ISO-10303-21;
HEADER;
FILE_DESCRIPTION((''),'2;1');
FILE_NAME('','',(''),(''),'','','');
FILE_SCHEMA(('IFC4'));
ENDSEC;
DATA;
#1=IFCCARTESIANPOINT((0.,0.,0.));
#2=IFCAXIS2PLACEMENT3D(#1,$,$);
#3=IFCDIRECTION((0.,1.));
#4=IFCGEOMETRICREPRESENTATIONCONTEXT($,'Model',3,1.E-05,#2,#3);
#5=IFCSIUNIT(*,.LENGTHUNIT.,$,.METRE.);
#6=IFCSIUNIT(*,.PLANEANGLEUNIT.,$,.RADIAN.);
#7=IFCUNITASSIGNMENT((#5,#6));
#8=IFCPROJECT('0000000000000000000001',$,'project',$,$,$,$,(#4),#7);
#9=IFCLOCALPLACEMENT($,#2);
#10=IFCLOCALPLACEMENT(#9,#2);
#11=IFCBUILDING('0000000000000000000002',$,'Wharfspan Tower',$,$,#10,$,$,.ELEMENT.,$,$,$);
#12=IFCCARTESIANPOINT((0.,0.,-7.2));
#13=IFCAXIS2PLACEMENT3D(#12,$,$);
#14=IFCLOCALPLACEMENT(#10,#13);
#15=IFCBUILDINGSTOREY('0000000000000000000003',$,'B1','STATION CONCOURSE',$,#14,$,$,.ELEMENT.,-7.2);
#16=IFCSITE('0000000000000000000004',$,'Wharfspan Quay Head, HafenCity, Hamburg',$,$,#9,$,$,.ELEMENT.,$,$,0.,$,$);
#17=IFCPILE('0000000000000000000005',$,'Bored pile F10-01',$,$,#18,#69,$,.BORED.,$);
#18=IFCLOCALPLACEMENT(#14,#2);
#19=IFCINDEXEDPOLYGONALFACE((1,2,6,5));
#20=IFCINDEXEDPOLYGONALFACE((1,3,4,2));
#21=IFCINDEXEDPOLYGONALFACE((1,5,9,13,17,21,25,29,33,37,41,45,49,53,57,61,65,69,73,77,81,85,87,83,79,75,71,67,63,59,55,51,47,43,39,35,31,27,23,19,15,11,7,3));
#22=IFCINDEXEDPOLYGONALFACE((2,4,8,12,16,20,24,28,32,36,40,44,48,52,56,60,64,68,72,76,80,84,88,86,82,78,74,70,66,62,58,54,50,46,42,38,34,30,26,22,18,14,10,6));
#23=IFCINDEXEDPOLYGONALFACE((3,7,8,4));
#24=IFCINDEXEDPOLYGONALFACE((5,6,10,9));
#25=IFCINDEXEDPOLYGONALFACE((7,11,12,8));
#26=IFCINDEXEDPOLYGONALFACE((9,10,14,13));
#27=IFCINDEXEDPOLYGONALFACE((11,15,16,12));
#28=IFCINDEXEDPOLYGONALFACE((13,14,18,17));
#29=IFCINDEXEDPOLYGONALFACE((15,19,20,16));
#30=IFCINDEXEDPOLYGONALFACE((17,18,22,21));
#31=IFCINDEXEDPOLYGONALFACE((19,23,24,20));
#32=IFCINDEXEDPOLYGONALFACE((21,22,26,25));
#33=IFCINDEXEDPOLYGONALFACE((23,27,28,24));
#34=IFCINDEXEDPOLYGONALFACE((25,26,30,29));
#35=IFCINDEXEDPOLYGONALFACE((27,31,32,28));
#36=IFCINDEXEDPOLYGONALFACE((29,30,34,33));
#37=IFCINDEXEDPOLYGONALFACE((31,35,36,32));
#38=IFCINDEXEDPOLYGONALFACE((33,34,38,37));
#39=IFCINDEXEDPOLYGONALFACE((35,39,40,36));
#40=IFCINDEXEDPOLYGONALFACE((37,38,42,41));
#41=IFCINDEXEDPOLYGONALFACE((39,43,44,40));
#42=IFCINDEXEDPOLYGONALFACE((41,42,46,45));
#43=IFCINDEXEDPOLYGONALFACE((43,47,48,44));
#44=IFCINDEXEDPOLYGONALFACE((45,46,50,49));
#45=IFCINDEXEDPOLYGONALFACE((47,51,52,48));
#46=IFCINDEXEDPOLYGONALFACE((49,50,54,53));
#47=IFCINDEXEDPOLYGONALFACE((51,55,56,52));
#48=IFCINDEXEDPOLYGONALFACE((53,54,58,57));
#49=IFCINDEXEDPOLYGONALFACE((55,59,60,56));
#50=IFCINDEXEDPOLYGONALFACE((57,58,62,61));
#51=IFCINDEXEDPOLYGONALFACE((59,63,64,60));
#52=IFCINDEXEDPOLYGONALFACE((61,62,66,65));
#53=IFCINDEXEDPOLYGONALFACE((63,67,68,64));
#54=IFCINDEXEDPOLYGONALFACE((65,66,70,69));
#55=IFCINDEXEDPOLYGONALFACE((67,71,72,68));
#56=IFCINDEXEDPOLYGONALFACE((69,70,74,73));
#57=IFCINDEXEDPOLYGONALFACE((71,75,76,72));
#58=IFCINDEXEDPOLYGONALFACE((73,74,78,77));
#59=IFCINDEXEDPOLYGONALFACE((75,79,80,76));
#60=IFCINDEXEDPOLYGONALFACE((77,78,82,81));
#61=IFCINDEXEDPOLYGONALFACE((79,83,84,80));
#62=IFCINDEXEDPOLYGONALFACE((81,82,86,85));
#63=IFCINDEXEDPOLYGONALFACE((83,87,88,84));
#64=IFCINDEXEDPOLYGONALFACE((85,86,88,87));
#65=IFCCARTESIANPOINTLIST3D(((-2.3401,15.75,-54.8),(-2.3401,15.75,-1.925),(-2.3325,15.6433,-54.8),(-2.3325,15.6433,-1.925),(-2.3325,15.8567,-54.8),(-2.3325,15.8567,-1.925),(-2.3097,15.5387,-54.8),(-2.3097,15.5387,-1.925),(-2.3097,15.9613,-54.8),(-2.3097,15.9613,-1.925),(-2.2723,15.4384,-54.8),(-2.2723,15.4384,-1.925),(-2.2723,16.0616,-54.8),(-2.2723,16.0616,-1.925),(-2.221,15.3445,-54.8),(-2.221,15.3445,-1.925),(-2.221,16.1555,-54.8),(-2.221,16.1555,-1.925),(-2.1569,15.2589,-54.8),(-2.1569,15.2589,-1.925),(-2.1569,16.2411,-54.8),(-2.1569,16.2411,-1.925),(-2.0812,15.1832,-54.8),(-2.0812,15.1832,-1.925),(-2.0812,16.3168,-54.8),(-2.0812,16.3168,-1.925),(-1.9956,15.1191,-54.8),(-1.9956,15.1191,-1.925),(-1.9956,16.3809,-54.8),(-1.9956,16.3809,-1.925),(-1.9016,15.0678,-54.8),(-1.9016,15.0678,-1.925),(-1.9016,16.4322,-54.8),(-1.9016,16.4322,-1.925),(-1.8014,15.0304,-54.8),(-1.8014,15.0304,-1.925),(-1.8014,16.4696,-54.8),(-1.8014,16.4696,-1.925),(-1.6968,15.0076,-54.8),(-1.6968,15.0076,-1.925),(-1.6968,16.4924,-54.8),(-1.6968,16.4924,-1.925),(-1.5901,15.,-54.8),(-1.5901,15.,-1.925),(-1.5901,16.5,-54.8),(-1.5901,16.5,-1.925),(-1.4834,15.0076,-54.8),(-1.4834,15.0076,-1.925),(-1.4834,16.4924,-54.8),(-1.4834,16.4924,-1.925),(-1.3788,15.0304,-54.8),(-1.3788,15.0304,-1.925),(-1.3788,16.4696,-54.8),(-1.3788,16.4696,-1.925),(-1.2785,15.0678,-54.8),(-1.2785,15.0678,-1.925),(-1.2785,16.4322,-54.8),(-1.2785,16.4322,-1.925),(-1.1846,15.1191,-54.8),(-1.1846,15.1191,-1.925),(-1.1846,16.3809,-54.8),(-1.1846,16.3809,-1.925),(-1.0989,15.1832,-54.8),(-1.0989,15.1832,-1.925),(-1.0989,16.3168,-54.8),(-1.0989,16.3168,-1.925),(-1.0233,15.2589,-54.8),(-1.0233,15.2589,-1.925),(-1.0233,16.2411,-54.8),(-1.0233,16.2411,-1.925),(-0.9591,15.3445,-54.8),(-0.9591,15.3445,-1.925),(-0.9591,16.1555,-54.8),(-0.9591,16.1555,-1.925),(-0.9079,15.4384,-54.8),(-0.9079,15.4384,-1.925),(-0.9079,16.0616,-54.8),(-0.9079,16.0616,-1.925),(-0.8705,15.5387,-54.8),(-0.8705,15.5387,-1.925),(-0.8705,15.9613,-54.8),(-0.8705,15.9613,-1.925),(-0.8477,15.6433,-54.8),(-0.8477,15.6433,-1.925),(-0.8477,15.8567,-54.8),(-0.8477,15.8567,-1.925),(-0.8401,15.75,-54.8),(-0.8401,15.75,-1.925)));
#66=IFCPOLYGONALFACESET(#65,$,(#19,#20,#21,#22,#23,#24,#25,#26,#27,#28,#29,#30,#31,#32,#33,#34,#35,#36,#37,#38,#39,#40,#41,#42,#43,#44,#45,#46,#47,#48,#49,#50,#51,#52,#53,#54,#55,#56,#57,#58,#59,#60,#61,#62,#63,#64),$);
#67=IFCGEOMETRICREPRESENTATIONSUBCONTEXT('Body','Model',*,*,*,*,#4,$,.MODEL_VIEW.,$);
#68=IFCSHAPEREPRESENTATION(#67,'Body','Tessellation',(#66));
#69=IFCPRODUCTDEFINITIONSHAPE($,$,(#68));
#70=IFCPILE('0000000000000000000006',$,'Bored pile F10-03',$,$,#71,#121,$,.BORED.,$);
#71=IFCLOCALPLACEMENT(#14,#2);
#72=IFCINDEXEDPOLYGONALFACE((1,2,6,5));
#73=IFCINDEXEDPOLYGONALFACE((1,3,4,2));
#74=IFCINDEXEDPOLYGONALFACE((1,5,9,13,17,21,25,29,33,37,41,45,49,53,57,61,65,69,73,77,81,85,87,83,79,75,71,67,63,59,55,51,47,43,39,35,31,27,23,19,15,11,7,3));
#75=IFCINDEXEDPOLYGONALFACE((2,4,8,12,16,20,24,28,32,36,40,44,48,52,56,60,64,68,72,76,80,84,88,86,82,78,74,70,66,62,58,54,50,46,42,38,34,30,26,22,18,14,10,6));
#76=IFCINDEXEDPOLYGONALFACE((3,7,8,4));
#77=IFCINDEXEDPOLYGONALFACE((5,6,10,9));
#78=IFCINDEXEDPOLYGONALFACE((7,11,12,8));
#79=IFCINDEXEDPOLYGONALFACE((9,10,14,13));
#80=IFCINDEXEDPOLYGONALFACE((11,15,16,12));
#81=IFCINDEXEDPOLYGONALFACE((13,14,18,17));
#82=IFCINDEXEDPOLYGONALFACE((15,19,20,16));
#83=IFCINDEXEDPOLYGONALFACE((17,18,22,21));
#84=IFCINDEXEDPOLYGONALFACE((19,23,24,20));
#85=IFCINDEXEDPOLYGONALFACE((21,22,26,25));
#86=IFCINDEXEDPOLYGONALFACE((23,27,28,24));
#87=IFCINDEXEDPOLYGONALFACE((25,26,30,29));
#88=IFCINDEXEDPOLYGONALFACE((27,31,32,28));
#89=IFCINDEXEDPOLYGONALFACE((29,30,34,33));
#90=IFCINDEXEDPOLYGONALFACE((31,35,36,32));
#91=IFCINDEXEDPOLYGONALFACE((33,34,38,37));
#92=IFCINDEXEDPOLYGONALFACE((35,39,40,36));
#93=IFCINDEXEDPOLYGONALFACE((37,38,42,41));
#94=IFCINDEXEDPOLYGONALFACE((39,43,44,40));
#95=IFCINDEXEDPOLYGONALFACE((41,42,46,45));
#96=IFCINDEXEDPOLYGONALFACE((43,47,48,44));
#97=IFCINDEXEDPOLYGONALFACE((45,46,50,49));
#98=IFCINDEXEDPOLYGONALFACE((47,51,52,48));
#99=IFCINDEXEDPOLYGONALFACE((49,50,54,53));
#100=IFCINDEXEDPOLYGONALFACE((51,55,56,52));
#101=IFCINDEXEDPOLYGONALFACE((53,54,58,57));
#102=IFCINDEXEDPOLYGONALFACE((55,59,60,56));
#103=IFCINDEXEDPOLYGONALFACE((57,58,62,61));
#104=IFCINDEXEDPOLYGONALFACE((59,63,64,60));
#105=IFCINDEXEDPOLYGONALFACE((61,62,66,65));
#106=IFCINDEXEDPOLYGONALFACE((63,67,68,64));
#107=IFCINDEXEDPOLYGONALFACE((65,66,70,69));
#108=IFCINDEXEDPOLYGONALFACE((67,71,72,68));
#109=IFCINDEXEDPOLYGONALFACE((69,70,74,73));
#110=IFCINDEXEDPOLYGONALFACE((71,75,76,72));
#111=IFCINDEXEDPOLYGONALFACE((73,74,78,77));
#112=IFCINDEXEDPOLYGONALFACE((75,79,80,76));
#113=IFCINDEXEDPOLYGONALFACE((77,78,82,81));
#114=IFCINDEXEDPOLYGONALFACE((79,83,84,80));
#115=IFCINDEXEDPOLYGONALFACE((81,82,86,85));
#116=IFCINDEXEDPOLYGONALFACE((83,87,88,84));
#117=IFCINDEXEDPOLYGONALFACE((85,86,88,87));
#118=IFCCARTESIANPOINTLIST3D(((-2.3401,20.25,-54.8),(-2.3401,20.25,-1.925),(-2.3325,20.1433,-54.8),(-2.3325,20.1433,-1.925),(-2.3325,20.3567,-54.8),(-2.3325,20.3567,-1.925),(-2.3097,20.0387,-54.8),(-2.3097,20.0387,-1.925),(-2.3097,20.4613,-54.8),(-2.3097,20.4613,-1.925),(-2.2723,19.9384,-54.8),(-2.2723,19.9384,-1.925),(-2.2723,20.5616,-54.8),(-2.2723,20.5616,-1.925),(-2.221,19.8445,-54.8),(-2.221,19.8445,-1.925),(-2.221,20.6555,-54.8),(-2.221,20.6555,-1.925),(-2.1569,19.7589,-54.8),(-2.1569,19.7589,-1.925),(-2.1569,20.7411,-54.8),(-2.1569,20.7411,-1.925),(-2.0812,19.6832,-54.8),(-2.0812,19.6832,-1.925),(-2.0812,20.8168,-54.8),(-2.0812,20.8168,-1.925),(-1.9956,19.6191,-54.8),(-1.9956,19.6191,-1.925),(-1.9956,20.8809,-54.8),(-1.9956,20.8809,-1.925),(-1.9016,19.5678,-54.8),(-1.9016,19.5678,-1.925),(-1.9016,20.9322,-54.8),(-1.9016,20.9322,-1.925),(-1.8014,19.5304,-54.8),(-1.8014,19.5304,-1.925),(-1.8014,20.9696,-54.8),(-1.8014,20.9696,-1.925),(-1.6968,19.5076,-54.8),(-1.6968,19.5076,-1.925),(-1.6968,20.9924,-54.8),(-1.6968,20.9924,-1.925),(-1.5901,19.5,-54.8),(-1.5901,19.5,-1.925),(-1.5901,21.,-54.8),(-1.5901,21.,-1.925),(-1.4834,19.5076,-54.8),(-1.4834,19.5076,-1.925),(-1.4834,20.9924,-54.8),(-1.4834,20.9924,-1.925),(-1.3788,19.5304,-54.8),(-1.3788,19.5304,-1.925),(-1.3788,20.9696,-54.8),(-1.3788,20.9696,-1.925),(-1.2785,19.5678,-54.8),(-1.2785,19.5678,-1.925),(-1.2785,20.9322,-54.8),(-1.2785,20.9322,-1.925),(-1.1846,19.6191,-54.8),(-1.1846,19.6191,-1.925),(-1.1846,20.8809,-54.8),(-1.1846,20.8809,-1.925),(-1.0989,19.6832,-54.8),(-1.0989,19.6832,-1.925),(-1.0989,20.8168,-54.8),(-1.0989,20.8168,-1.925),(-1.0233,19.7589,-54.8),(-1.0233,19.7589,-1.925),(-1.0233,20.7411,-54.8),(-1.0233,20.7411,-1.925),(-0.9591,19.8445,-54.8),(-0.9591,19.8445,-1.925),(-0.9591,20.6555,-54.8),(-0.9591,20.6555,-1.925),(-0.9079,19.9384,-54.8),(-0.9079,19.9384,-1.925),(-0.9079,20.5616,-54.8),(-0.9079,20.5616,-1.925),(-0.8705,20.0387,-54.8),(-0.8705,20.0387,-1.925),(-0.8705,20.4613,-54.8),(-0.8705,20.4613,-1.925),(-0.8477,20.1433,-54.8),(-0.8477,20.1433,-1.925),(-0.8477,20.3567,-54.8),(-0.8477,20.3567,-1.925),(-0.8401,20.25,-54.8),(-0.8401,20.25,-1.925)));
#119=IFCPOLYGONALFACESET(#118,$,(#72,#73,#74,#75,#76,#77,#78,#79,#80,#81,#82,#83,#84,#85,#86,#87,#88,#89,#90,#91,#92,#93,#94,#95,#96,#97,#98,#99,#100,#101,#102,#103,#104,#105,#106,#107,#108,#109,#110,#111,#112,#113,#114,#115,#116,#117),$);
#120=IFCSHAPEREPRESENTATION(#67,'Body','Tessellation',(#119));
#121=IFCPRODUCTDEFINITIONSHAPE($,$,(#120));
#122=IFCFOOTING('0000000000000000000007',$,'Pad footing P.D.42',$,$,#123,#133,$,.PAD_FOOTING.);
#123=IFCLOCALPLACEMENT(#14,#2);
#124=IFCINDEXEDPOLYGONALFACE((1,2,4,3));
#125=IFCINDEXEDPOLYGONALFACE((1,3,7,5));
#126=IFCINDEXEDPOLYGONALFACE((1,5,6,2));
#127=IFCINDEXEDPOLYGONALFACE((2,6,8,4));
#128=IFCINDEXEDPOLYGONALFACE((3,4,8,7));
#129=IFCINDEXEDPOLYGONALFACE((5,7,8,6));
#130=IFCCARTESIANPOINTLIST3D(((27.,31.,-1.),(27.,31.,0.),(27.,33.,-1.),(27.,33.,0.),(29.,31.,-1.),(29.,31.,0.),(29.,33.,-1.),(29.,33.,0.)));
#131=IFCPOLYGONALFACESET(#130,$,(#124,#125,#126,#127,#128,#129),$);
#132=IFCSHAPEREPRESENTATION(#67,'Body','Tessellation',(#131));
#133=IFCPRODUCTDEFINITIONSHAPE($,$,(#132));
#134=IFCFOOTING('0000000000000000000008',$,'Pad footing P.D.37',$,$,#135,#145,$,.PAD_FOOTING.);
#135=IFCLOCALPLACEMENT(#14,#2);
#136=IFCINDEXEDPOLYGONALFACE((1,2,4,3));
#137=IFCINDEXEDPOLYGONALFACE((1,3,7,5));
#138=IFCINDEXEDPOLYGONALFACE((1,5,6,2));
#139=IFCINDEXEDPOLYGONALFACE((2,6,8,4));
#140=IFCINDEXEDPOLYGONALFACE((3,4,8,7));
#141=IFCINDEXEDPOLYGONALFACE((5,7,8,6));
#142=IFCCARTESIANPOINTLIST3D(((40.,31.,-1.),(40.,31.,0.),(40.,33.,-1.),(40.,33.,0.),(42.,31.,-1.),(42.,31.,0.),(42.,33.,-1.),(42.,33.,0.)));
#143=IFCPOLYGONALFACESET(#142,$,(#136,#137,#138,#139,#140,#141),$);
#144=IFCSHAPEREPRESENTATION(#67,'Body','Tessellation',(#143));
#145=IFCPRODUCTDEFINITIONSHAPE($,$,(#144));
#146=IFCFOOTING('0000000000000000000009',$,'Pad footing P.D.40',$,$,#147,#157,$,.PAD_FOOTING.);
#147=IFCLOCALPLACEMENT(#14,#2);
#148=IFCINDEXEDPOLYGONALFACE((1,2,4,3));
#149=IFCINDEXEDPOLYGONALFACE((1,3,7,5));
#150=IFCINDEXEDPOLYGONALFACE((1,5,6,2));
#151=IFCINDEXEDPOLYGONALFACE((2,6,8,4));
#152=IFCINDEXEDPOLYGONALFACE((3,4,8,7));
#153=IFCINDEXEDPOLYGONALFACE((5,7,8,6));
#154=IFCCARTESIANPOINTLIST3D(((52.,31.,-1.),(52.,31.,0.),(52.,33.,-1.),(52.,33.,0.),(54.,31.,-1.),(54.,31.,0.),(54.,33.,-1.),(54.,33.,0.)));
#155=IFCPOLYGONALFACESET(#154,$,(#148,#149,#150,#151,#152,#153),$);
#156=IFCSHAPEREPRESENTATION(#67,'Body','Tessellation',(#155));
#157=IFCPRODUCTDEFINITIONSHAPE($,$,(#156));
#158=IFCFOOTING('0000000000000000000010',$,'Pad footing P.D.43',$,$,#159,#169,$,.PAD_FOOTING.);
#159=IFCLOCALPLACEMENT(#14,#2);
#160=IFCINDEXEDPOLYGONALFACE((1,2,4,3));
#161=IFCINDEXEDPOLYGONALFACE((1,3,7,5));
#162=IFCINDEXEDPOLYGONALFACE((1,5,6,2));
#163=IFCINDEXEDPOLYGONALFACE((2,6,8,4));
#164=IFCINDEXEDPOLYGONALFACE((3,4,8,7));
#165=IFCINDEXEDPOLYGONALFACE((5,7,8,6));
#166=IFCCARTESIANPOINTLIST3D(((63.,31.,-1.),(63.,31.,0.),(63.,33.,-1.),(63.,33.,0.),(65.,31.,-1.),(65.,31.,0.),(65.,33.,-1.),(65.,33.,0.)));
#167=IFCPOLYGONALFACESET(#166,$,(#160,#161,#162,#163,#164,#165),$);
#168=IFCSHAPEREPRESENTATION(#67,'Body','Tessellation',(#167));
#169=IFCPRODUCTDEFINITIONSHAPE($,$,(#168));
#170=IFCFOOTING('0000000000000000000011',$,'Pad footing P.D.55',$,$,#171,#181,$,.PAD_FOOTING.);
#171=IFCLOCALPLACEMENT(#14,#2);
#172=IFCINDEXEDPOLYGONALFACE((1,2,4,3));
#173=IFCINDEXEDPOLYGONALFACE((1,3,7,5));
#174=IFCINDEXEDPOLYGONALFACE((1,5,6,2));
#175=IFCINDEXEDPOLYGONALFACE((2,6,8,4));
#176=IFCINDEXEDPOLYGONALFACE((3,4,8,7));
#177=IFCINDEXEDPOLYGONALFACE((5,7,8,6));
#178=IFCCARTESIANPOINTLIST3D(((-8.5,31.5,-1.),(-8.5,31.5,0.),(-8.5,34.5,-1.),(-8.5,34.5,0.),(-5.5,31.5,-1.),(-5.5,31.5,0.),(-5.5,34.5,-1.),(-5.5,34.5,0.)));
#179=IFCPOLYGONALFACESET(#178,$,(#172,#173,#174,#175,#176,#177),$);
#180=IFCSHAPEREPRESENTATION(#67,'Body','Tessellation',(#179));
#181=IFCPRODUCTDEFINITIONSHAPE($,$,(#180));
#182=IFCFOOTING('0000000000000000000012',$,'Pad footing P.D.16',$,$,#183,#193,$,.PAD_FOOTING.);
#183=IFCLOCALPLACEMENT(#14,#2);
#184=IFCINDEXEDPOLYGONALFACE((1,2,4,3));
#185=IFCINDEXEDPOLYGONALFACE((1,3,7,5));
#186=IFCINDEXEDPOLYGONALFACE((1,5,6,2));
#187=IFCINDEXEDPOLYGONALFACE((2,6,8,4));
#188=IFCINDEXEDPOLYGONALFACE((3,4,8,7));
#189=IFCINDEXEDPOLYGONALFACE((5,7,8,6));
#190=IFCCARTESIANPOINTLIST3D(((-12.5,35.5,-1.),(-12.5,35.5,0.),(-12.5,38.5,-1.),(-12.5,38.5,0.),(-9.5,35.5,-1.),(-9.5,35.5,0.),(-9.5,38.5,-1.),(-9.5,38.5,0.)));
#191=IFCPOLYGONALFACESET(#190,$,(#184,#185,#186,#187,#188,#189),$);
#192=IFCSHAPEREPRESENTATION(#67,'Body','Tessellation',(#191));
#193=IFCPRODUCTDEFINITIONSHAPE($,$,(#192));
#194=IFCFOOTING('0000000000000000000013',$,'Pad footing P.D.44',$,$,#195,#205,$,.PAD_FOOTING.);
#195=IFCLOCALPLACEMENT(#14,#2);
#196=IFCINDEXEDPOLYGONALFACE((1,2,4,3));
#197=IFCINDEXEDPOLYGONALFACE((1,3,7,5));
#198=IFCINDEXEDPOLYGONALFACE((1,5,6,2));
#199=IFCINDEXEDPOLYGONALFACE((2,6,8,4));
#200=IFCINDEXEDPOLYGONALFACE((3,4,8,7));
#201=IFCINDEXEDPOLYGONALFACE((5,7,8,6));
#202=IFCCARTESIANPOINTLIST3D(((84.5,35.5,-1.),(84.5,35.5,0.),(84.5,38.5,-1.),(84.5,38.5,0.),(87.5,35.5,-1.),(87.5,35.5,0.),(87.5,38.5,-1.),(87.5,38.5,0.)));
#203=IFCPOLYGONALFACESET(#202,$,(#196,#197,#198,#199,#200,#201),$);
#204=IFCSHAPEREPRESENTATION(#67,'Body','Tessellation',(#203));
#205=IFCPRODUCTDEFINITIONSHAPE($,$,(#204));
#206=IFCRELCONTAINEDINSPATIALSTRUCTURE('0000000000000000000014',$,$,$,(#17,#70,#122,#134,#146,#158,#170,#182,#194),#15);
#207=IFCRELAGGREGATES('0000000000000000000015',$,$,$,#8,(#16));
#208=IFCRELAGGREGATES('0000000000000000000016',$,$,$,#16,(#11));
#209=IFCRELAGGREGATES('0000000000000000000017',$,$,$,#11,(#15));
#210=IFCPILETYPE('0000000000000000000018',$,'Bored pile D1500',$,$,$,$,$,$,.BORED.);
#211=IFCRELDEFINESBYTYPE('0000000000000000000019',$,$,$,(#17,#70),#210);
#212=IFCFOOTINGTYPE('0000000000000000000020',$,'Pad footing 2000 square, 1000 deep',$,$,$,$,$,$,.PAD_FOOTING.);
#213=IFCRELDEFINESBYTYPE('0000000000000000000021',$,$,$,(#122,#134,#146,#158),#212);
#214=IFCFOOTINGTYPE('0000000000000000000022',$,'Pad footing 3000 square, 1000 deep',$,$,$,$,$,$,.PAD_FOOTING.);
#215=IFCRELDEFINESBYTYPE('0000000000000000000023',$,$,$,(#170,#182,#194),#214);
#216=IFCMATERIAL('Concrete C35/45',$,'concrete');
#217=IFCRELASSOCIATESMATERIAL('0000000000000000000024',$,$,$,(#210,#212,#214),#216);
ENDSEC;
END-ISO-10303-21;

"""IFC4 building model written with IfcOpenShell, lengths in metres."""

from ifc_helpers import new_model, si_unit, direction, frame, origin, origin_2d, place, context, subcontext, project, spatial, polyline, circle, outline, extrude, material, material_profile, profile_set, type_object, element, save


model = new_model("IFC4")

# Units and contexts
model_context = context("Model", 3, precision=1e-05, world=origin(), true_north=direction((0.0, 1.0)))
body_context = subcontext(model_context, "Body", "Model", "MODEL_VIEW")
ifc_project = project(units=[si_unit("LENGTHUNIT", "METRE"), si_unit("PLANEANGLEUNIT", "RADIAN")], contexts=[model_context])

# Site, building, storey
site_placement = place(None, origin())
site = spatial("IfcSite", under=ifc_project, at=site_placement, Name="Wharfspan Quay Head, HafenCity, Hamburg", CompositionType="ELEMENT", RefElevation=0.0)
building_placement = place(site_placement, origin())
building = spatial("IfcBuilding", under=site, at=building_placement, Name="Wharfspan Tower", CompositionType="ELEMENT")
storey_placement = place(building_placement, frame((0.0, 0.0, -7.2)))
storey = spatial("IfcBuildingStorey", under=building, at=storey_placement, Name="B1", Description="STATION CONCOURSE", CompositionType="ELEMENT", Elevation=-7.2)

# Piles
ifc_material_1 = material(Name="Concrete C35/45", Category="concrete")
ifc_material_profile_1 = material_profile(ifc_material_1, circle(Radius=0.75, at=origin_2d()))
ifc_profile_set_1 = profile_set([ifc_material_profile_1], Name="Concrete C35/45")
pile_type = type_object("IfcPileType", Name="Bored pile D1500", PredefinedType="BORED", material=ifc_profile_set_1)
for number, where, z_axis, x_axis, name in (
    (1, (-1.5901, 15.75, -1.925), (0.0, 0.0, -1.0), (1.0, 0.0, 0.0), "Bored pile F10-01"),
    (2, (-1.5901, 20.25, -1.925), (0.0, 0.0, -1.0), (1.0, 0.0, 0.0), "Bored pile F10-03"),
):
    element("IfcPile", number, at=place(storey_placement, frame(where, z_axis=z_axis, x_axis=x_axis)), inside=storey, type_object=pile_type, Name=name, PredefinedType="BORED", context=body_context, shape_type="SweptSolid", body=[
        extrude(circle(Radius=0.75, at=origin_2d()), origin(), (0.0, 0.0, 1.0), 52.875),
    ])

# Footings
footing_type_1 = type_object("IfcFootingType", Name="Pad footing 2000 square, 1000 deep", PredefinedType="PAD_FOOTING", material=ifc_material_1)
footing_1_placement = place(storey_placement, frame((0.0, 0.0, -1.0)))
element("IfcFooting", 3, at=footing_1_placement, inside=storey, type_object=footing_type_1, Name="Pad footing P.D.42", PredefinedType="PAD_FOOTING", context=body_context, shape_type="SweptSolid", body=[
    extrude(outline(polyline([(27.0, 31.0), (29.0, 31.0), (29.0, 33.0), (27.0, 33.0), (27.0, 31.0)])), origin(), (0.0, 0.0, 1.0), 1.0),
])
footing_2_placement = place(storey_placement, frame((0.0, 0.0, -1.0)))
element("IfcFooting", 4, at=footing_2_placement, inside=storey, type_object=footing_type_1, Name="Pad footing P.D.37", PredefinedType="PAD_FOOTING", context=body_context, shape_type="SweptSolid", body=[
    extrude(outline(polyline([(40.0, 31.0), (42.0, 31.0), (42.0, 33.0), (40.0, 33.0), (40.0, 31.0)])), origin(), (0.0, 0.0, 1.0), 1.0),
])
footing_3_placement = place(storey_placement, frame((0.0, 0.0, -1.0)))
element("IfcFooting", 5, at=footing_3_placement, inside=storey, type_object=footing_type_1, Name="Pad footing P.D.40", PredefinedType="PAD_FOOTING", context=body_context, shape_type="SweptSolid", body=[
    extrude(outline(polyline([(52.0, 31.0), (54.0, 31.0), (54.0, 33.0), (52.0, 33.0), (52.0, 31.0)])), origin(), (0.0, 0.0, 1.0), 1.0),
])
footing_4_placement = place(storey_placement, frame((0.0, 0.0, -1.0)))
element("IfcFooting", 6, at=footing_4_placement, inside=storey, type_object=footing_type_1, Name="Pad footing P.D.43", PredefinedType="PAD_FOOTING", context=body_context, shape_type="SweptSolid", body=[
    extrude(outline(polyline([(63.0, 31.0), (65.0, 31.0), (65.0, 33.0), (63.0, 33.0), (63.0, 31.0)])), origin(), (0.0, 0.0, 1.0), 1.0),
])
footing_type_2 = type_object("IfcFootingType", Name="Pad footing 3000 square, 1000 deep", PredefinedType="PAD_FOOTING", material=ifc_material_1)
footing_5_placement = place(storey_placement, frame((0.0, 0.0, -1.0)))
element("IfcFooting", 7, at=footing_5_placement, inside=storey, type_object=footing_type_2, Name="Pad footing P.D.55", PredefinedType="PAD_FOOTING", context=body_context, shape_type="SweptSolid", body=[
    extrude(outline(polyline([(-8.5, 31.5), (-5.5, 31.5), (-5.5, 34.5), (-8.5, 34.5), (-8.5, 31.5)])), origin(), (0.0, 0.0, 1.0), 1.0),
])
footing_6_placement = place(storey_placement, frame((0.0, 0.0, -1.0)))
element("IfcFooting", 8, at=footing_6_placement, inside=storey, type_object=footing_type_2, Name="Pad footing P.D.16", PredefinedType="PAD_FOOTING", context=body_context, shape_type="SweptSolid", body=[
    extrude(outline(polyline([(-12.5, 35.5), (-9.5, 35.5), (-9.5, 38.5), (-12.5, 38.5), (-12.5, 35.5)])), origin(), (0.0, 0.0, 1.0), 1.0),
])
footing_7_placement = place(storey_placement, frame((0.0, 0.0, -1.0)))
element("IfcFooting", 9, at=footing_7_placement, inside=storey, type_object=footing_type_2, Name="Pad footing P.D.44", PredefinedType="PAD_FOOTING", context=body_context, shape_type="SweptSolid", body=[
    extrude(outline(polyline([(84.5, 35.5), (87.5, 35.5), (87.5, 38.5), (84.5, 38.5), (84.5, 35.5)])), origin(), (0.0, 0.0, 1.0), 1.0),
])

save(model, "model.ifc")
